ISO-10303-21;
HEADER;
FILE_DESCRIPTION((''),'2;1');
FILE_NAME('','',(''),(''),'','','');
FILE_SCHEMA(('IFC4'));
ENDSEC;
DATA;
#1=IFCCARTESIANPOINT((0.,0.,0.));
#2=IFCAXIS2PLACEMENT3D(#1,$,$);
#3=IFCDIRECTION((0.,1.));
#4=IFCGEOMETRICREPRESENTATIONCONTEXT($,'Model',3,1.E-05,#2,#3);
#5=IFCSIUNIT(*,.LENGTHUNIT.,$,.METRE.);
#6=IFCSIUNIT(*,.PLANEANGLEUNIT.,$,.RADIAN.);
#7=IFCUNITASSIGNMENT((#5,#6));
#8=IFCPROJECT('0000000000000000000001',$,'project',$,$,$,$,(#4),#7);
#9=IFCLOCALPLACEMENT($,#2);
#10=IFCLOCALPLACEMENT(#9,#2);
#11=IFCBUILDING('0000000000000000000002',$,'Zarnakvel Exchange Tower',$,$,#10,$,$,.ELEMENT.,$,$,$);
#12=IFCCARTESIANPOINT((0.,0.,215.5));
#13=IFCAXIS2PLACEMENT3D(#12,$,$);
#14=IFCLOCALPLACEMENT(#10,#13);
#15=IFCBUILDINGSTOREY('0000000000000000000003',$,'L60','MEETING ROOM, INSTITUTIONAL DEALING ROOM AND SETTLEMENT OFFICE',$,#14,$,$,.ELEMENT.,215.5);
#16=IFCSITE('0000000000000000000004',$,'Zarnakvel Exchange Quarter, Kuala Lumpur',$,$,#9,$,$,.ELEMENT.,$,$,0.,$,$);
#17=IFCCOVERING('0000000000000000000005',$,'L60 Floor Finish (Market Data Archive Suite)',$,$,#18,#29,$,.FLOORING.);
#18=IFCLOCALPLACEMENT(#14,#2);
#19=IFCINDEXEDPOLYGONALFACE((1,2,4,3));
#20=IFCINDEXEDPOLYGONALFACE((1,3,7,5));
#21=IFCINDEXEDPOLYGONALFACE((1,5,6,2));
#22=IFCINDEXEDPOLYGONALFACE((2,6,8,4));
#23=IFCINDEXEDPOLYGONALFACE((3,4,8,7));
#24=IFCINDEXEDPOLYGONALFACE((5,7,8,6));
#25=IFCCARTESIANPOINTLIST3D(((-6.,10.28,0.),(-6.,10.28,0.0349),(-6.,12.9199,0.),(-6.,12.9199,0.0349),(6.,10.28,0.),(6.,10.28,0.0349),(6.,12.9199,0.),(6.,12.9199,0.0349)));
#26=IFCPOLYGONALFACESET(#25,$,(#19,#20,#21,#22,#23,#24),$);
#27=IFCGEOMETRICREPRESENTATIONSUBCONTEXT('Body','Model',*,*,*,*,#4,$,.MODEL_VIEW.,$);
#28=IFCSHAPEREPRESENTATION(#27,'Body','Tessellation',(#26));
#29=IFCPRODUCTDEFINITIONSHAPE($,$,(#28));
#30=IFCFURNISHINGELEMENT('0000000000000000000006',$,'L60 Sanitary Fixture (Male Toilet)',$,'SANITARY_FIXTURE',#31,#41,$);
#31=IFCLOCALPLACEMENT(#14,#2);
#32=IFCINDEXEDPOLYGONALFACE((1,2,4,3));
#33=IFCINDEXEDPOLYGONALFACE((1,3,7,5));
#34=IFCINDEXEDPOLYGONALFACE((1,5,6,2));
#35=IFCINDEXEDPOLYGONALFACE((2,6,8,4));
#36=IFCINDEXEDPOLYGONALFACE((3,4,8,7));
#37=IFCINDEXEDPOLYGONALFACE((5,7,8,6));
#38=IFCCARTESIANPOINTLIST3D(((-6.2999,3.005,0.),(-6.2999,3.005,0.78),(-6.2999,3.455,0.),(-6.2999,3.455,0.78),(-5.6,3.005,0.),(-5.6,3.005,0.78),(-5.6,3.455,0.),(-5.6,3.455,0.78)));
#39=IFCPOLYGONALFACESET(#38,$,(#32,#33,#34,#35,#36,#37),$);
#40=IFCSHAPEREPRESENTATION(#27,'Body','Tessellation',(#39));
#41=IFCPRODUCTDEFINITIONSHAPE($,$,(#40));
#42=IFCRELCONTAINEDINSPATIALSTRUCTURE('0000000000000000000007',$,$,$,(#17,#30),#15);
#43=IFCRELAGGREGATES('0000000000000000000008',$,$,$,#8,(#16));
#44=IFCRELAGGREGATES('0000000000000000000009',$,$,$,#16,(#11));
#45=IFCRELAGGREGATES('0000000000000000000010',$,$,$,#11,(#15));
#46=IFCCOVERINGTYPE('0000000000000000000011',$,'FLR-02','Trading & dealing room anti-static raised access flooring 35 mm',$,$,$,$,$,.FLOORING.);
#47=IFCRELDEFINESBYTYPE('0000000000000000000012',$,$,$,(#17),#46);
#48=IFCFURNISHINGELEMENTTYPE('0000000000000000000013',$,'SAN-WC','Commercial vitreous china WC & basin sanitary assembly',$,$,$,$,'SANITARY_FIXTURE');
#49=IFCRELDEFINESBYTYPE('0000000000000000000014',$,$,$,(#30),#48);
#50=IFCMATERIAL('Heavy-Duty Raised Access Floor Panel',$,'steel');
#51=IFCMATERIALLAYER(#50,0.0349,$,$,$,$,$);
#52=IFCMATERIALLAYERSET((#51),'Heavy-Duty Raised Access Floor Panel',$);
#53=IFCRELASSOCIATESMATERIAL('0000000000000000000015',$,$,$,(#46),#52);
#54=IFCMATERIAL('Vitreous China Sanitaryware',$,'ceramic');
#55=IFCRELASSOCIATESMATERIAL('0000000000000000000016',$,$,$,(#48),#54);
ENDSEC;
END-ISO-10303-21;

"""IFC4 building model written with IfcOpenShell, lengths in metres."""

from ifc_helpers import new_model, si_unit, direction, frame, origin, origin_2d, place, context, subcontext, project, spatial, polyline, rectangle, outline, extrude, source, transform, mapped, material, layer, layer_set, type_object, element, save


model = new_model("IFC4")

# Units and contexts
model_context = context("Model", 3, precision=1e-05, world=origin(), true_north=direction((0.0, 1.0)))
body_context = subcontext(model_context, "Body", "Model", "MODEL_VIEW")
ifc_project = project(units=[si_unit("LENGTHUNIT", "METRE"), si_unit("PLANEANGLEUNIT", "RADIAN")], contexts=[model_context])

# Site, building, storey
site_placement = place(None, origin())
site = spatial("IfcSite", under=ifc_project, at=site_placement, Name="Zarnakvel Exchange Quarter, Kuala Lumpur", CompositionType="ELEMENT", RefElevation=0.0)
building_placement = place(site_placement, origin())
building = spatial("IfcBuilding", under=site, at=building_placement, Name="Zarnakvel Exchange Tower", CompositionType="ELEMENT")
storey_placement = place(building_placement, frame((0.0, 0.0, 215.5)))
storey = spatial("IfcBuildingStorey", under=building, at=storey_placement, Name="L60", Description="MEETING ROOM, INSTITUTIONAL DEALING ROOM AND SETTLEMENT OFFICE", CompositionType="ELEMENT", Elevation=215.5)

# Covering
ifc_material_1 = material(Name="Heavy-Duty Raised Access Floor Panel", Category="steel")
ifc_layer_1 = layer(ifc_material_1, 0.0349)
ifc_layer_set_1 = layer_set([ifc_layer_1], Name="Heavy-Duty Raised Access Floor Panel")
covering_type_1 = type_object("IfcCoveringType", Name="FLR-02", Description="Trading & dealing room anti-static raised access flooring 35 mm", PredefinedType="FLOORING", material=ifc_layer_set_1)
covering_1_placement = place(storey_placement, origin())
element("IfcCovering", 1, at=covering_1_placement, inside=storey, type_object=covering_type_1, Name="L60 Floor Finish (Market Data Archive Suite)", PredefinedType="FLOORING", context=body_context, shape_type="SweptSolid", body=[
    extrude(outline(polyline([(-6.0, 12.9199), (6.0, 12.9199), (6.0, 10.28), (-6.0, 10.28), (-6.0, 12.9199)])), origin(), (0.0, 0.0, 1.0), 0.0349),
])

# Furnishing element
ifc_material_2 = material(Name="Vitreous China Sanitaryware", Category="ceramic")
furnishing_element_type = type_object("IfcFurnishingElementType", Name="SAN-WC", Description="Commercial vitreous china WC & basin sanitary assembly", ElementType="SANITARY_FIXTURE", material=ifc_material_2)
shared_shape_1 = source(origin(), body_context, "Body", "SweptSolid", [
    extrude(rectangle(XDim=0.7, YDim=0.45, at=origin_2d()), origin(), (0.0, 0.0, 1.0), 0.78),
])
furnishing_placement = place(storey_placement, frame((-5.95, 3.23, 0.0), z_axis=(0.0, 0.0, 1.0), x_axis=(1.0, 0.0, 0.0)))
element("IfcFurnishingElement", 2, at=furnishing_placement, inside=storey, type_object=furnishing_element_type, Name="L60 Sanitary Fixture (Male Toilet)", ObjectType="SANITARY_FIXTURE", context=body_context, shape_type="MappedRepresentation", body=[
    mapped(shared_shape_1, transform((0.0, 0.0, 0.0), x_axis=(1.0, 0.0, 0.0), y_axis=(0.0, 1.0, 0.0), z_axis=(0.0, 0.0, 1.0), scale=1.0)),
])

save(model, "model.ifc")
